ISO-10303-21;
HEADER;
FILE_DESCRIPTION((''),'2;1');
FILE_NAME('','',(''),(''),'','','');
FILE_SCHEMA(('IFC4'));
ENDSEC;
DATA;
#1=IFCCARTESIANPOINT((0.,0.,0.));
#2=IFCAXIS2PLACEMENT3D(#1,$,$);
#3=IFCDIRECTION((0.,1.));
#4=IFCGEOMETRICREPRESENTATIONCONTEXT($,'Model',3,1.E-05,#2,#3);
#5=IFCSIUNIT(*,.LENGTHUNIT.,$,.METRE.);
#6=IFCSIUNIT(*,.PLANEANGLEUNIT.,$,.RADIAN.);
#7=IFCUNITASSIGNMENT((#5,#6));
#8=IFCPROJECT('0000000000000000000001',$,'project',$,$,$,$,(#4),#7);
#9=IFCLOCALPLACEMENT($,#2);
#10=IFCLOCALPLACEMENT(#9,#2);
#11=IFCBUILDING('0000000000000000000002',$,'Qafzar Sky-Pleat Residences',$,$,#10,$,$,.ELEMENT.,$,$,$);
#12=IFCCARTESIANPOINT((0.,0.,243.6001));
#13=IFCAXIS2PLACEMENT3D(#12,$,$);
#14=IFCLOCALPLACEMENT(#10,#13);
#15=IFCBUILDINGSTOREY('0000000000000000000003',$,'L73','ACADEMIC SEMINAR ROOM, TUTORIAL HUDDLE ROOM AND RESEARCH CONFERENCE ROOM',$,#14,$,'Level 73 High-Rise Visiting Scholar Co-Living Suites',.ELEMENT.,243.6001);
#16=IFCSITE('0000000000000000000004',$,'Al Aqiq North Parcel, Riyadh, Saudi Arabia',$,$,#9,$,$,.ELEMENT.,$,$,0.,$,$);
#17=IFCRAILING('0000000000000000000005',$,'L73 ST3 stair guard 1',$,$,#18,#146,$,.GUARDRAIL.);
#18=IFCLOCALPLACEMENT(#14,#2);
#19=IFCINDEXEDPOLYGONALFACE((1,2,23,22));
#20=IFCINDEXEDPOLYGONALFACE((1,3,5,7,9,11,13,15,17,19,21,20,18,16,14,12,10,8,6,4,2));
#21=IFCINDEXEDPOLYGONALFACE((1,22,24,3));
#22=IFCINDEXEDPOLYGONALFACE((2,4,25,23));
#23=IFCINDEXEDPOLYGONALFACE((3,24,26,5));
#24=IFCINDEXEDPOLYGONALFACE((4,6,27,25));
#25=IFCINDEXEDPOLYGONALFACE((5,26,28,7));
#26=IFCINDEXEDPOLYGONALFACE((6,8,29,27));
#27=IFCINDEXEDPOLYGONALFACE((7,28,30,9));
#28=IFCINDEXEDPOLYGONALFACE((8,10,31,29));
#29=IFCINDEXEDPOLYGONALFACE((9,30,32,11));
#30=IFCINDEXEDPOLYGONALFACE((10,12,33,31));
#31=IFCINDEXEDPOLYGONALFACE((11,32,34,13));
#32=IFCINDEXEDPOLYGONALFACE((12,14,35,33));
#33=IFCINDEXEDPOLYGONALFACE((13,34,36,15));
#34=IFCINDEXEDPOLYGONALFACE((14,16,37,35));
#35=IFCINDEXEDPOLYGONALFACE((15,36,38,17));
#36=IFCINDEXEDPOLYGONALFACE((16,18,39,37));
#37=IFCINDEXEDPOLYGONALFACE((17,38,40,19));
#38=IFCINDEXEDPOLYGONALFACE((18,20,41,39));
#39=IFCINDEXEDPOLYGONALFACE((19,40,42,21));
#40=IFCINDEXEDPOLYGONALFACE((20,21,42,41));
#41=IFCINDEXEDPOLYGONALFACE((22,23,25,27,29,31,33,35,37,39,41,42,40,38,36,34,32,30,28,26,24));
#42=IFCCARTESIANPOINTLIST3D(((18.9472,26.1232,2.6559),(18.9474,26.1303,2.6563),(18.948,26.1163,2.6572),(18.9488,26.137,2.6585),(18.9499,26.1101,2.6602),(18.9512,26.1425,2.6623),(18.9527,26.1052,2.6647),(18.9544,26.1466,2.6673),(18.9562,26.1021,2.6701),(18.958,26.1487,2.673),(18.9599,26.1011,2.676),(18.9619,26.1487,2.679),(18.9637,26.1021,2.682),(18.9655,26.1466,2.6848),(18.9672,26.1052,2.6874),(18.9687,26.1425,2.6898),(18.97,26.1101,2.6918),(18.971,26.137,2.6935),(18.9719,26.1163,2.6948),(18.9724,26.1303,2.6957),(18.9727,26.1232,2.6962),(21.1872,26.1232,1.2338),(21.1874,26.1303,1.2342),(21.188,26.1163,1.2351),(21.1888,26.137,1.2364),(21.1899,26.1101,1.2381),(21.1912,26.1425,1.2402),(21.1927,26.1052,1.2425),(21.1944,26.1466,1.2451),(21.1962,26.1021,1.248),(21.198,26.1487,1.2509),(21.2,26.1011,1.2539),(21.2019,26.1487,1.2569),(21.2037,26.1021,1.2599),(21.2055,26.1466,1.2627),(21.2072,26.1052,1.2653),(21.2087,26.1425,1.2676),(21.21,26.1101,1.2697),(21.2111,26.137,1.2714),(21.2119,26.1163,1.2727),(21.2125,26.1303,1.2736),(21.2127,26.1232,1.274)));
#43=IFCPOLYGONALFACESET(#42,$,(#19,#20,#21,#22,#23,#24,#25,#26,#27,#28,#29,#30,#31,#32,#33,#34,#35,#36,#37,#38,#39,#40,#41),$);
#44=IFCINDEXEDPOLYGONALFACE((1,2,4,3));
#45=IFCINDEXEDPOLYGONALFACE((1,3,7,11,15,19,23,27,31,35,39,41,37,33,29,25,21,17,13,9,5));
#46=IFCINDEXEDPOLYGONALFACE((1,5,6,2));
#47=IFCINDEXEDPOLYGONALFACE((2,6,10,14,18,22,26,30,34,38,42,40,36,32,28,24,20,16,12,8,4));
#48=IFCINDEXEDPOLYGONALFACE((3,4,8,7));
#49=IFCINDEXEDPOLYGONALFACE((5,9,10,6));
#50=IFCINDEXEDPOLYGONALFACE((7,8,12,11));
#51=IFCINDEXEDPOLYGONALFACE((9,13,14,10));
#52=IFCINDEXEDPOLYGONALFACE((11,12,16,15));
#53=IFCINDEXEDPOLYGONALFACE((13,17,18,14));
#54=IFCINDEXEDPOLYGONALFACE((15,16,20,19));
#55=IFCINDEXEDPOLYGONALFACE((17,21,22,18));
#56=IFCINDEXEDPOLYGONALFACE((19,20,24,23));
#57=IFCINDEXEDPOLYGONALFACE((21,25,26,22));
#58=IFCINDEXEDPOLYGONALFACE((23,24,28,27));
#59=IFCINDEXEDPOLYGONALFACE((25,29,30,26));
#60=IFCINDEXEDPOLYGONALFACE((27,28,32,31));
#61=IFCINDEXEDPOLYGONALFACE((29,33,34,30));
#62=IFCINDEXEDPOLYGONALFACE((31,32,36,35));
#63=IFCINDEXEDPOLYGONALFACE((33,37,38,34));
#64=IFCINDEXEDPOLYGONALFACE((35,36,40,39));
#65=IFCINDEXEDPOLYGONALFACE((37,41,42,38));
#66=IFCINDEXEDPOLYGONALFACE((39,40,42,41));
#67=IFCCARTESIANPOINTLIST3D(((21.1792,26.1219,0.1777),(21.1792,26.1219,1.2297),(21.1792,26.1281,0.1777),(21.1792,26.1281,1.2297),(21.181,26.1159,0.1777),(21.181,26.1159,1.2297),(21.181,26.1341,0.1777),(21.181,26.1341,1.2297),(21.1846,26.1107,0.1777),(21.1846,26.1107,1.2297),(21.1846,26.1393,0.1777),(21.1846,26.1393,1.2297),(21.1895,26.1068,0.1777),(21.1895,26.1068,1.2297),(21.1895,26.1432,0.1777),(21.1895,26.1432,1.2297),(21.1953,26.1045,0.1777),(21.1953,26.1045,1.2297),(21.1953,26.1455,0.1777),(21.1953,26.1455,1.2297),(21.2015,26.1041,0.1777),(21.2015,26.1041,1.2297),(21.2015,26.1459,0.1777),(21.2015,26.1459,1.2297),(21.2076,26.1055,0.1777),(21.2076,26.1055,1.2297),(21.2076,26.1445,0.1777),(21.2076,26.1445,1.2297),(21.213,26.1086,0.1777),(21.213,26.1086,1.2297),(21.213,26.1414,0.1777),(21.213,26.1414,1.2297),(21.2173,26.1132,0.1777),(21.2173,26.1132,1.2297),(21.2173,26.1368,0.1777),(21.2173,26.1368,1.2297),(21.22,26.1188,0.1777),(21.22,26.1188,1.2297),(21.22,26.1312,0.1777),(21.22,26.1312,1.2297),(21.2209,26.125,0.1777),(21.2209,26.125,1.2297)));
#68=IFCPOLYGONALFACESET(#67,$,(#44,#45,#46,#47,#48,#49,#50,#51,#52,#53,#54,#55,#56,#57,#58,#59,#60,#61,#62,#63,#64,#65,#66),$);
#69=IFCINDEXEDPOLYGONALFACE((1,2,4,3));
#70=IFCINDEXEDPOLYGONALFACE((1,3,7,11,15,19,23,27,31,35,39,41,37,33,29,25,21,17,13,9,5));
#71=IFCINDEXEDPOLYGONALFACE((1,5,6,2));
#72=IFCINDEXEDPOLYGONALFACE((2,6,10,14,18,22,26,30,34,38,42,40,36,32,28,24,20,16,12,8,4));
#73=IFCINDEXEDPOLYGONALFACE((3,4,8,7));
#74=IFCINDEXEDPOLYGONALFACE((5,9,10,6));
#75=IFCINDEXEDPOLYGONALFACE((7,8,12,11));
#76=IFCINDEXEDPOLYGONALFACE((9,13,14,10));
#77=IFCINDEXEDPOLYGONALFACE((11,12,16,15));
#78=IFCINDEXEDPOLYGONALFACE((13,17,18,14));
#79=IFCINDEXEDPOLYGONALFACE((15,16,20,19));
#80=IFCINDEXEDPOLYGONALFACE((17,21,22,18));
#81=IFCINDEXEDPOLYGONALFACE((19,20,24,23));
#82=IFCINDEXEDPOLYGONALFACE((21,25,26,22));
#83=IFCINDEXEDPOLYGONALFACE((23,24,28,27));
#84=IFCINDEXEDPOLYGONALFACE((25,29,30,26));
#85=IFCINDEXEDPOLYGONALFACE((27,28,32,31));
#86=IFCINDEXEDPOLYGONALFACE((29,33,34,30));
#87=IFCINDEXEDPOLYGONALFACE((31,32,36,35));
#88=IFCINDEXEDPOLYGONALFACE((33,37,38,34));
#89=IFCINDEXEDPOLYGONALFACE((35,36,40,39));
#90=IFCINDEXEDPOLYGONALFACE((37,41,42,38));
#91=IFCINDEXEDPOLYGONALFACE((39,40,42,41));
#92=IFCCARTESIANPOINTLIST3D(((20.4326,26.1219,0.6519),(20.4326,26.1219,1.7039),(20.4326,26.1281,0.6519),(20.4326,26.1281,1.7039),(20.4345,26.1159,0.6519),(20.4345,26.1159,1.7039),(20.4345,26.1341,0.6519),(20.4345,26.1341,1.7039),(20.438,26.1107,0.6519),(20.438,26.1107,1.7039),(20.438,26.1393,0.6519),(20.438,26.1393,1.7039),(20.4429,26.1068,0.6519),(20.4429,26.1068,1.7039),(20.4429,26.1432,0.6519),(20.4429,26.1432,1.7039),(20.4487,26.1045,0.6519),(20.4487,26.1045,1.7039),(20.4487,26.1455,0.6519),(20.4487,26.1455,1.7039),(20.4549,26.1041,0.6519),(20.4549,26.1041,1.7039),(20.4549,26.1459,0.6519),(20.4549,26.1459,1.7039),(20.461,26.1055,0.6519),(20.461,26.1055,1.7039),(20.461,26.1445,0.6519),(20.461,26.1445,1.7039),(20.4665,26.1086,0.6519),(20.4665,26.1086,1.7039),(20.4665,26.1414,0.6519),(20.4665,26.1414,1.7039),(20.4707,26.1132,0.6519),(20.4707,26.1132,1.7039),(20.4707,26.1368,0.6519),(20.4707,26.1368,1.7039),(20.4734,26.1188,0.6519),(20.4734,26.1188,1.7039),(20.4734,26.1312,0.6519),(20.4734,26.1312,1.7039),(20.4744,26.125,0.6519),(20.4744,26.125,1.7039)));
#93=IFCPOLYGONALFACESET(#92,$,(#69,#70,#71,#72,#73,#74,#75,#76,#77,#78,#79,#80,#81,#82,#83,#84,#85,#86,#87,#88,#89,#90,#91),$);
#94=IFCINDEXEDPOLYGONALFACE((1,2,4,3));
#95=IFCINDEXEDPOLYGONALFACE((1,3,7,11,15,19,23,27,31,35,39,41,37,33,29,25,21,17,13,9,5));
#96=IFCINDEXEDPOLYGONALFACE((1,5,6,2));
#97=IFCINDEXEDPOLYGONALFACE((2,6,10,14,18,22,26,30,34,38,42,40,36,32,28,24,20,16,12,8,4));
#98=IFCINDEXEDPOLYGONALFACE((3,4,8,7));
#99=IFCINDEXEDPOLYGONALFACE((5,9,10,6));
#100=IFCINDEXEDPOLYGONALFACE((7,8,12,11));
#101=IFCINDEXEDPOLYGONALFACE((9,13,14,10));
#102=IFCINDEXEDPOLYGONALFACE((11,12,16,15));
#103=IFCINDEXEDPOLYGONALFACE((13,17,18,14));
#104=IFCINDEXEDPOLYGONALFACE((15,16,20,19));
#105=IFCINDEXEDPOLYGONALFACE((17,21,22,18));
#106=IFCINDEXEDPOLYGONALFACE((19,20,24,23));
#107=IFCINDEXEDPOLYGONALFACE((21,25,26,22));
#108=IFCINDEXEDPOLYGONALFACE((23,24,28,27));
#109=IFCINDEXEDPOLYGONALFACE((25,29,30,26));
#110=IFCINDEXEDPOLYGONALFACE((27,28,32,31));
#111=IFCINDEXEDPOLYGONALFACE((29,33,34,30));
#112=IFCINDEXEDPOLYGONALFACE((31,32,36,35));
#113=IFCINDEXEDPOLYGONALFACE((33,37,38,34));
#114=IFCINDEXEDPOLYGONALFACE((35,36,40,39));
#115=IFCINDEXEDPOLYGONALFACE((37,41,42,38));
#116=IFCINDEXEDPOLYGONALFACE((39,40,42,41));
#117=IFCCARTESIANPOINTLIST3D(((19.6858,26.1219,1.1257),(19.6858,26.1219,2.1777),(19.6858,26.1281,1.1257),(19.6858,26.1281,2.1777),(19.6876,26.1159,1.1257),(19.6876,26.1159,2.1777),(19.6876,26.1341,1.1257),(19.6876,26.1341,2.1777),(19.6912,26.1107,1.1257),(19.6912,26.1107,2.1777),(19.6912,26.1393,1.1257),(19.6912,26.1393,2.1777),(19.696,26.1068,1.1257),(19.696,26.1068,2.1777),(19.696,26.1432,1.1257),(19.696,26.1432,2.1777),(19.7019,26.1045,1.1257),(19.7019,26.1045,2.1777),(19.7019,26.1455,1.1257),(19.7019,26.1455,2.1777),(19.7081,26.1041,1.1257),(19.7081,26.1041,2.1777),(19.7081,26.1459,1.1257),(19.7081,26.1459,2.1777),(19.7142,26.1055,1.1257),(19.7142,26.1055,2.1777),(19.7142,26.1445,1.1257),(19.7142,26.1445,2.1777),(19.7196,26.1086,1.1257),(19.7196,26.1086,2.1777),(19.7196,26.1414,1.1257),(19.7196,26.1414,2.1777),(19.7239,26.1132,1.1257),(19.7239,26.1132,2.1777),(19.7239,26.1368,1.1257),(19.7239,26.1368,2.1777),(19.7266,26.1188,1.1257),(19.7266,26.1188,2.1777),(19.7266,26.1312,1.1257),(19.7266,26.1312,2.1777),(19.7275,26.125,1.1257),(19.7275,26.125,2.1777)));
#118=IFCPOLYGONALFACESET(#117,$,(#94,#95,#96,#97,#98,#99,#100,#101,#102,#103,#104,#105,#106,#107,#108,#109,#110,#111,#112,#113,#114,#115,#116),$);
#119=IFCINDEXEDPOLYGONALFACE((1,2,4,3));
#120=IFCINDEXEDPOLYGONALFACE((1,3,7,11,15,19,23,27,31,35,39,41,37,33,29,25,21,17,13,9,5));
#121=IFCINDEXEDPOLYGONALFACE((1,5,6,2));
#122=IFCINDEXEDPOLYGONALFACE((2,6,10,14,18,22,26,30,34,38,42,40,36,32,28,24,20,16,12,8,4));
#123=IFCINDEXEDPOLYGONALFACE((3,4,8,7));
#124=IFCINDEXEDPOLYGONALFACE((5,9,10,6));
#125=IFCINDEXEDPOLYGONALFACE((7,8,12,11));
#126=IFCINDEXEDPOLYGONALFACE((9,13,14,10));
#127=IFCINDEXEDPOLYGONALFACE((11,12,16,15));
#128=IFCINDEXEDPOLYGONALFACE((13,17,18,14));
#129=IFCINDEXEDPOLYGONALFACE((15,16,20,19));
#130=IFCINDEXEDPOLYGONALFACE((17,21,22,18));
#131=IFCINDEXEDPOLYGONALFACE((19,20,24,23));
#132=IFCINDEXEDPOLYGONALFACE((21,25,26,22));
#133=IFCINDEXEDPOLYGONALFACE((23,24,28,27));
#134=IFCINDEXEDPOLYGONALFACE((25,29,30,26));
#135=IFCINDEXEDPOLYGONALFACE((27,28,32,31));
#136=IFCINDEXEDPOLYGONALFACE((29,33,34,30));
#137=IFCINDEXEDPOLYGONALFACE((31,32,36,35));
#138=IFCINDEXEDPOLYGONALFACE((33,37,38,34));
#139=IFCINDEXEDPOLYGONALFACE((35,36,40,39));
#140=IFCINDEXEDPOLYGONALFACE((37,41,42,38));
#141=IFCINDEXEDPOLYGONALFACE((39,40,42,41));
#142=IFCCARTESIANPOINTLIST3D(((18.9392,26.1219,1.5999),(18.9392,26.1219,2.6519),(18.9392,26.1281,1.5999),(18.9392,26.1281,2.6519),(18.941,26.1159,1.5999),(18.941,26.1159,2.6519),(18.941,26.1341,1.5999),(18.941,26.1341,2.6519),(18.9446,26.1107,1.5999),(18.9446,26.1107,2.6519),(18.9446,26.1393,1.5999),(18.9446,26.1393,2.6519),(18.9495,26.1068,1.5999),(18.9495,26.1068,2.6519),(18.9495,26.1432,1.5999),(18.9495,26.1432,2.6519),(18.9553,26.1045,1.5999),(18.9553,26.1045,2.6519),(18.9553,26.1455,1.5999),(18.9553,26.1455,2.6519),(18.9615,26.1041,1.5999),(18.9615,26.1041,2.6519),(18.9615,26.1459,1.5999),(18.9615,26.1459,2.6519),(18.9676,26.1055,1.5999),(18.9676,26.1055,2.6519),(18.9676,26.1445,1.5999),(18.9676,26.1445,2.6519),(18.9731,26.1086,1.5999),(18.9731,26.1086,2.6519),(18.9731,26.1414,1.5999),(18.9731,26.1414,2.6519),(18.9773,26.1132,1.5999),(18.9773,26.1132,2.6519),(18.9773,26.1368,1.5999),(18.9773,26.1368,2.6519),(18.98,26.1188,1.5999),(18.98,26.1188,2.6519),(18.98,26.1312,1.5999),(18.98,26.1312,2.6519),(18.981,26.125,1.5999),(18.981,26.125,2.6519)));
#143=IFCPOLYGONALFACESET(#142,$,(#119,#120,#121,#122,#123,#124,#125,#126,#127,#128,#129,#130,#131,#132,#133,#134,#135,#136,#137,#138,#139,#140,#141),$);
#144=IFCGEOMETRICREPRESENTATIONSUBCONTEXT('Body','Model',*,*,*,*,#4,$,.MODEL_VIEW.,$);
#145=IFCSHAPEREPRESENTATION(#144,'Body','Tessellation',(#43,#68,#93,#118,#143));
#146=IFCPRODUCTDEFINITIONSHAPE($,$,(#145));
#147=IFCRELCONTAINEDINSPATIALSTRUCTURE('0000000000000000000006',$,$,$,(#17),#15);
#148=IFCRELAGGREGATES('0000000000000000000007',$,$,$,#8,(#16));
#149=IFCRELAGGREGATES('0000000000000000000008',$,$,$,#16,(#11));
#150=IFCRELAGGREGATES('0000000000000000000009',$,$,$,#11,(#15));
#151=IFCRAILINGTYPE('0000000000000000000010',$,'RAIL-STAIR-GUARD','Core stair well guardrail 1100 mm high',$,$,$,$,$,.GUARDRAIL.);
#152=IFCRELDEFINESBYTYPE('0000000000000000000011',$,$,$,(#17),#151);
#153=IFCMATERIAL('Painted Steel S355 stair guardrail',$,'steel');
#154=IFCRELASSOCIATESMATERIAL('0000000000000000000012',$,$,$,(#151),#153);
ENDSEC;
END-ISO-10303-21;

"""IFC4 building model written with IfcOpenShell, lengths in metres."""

from ifc_helpers import new_model, si_unit, direction, frame, origin, origin_2d, place, context, subcontext, project, spatial, circle, extrude, source, transform, mapped, material, type_object, element, save


model = new_model("IFC4")

# Units and contexts
model_context = context("Model", 3, precision=1e-05, world=origin(), true_north=direction((0.0, 1.0)))
body_context = subcontext(model_context, "Body", "Model", "MODEL_VIEW")
ifc_project = project(units=[si_unit("LENGTHUNIT", "METRE"), si_unit("PLANEANGLEUNIT", "RADIAN")], contexts=[model_context])

# Site, building, storey
site_placement = place(None, origin())
site = spatial("IfcSite", under=ifc_project, at=site_placement, Name="Al Aqiq North Parcel, Riyadh, Saudi Arabia", CompositionType="ELEMENT", RefElevation=0.0)
building_placement = place(site_placement, origin())
building = spatial("IfcBuilding", under=site, at=building_placement, Name="Qafzar Sky-Pleat Residences", CompositionType="ELEMENT")
storey_placement = place(building_placement, frame((0.0, 0.0, 243.6001)))
storey = spatial("IfcBuildingStorey", under=building, at=storey_placement, Name="L73", Description="ACADEMIC SEMINAR ROOM, TUTORIAL HUDDLE ROOM AND RESEARCH CONFERENCE ROOM", LongName="Level 73 High-Rise Visiting Scholar Co-Living Suites", CompositionType="ELEMENT", Elevation=243.6001)

# Railing
ifc_material_1 = material(Name="Painted Steel S355 stair guardrail", Category="steel")
railing_type_1 = type_object("IfcRailingType", Name="RAIL-STAIR-GUARD", Description="Core stair well guardrail 1100 mm high", PredefinedType="GUARDRAIL", material=ifc_material_1)
shared_shape_1 = source(origin(), body_context, "Body", "SweptSolid", [
    extrude(circle(Radius=0.0239, at=origin_2d()), frame((0.0, 0.0, 1.0762), z_axis=(-0.844229, 0.0, 0.535982), x_axis=(0.0, -1.0, 0.0)), (0.0, 0.0, 1.0), 2.6533),
    extrude(circle(Radius=0.021, at=origin_2d()), origin(), (0.0, 0.0, 1.0), 1.052),
    extrude(circle(Radius=0.021, at=origin_2d()), frame((-0.7466, 0.0, 0.4741)), (0.0, 0.0, 1.0), 1.052),
    extrude(circle(Radius=0.021, at=origin_2d()), frame((-1.4934, 0.0, 0.948)), (0.0, 0.0, 1.0), 1.052),
    extrude(circle(Radius=0.021, at=origin_2d()), frame((-2.24, 0.0, 1.4221)), (0.0, 0.0, 1.0), 1.052),
])
railing_1_placement = place(storey_placement, frame((21.2, 26.125, 0.1777)))
element("IfcRailing", 1, at=railing_1_placement, inside=storey, type_object=railing_type_1, Name="L73 ST3 stair guard 1", PredefinedType="GUARDRAIL", context=body_context, shape_type="MappedRepresentation", body=[
    mapped(shared_shape_1, transform((0.0, 0.0, 0.0), x_axis=(1.0, 0.0, 0.0), y_axis=(0.0, 1.0, 0.0), z_axis=(0.0, 0.0, 1.0), scale=1.0)),
])

save(model, "model.ifc")
